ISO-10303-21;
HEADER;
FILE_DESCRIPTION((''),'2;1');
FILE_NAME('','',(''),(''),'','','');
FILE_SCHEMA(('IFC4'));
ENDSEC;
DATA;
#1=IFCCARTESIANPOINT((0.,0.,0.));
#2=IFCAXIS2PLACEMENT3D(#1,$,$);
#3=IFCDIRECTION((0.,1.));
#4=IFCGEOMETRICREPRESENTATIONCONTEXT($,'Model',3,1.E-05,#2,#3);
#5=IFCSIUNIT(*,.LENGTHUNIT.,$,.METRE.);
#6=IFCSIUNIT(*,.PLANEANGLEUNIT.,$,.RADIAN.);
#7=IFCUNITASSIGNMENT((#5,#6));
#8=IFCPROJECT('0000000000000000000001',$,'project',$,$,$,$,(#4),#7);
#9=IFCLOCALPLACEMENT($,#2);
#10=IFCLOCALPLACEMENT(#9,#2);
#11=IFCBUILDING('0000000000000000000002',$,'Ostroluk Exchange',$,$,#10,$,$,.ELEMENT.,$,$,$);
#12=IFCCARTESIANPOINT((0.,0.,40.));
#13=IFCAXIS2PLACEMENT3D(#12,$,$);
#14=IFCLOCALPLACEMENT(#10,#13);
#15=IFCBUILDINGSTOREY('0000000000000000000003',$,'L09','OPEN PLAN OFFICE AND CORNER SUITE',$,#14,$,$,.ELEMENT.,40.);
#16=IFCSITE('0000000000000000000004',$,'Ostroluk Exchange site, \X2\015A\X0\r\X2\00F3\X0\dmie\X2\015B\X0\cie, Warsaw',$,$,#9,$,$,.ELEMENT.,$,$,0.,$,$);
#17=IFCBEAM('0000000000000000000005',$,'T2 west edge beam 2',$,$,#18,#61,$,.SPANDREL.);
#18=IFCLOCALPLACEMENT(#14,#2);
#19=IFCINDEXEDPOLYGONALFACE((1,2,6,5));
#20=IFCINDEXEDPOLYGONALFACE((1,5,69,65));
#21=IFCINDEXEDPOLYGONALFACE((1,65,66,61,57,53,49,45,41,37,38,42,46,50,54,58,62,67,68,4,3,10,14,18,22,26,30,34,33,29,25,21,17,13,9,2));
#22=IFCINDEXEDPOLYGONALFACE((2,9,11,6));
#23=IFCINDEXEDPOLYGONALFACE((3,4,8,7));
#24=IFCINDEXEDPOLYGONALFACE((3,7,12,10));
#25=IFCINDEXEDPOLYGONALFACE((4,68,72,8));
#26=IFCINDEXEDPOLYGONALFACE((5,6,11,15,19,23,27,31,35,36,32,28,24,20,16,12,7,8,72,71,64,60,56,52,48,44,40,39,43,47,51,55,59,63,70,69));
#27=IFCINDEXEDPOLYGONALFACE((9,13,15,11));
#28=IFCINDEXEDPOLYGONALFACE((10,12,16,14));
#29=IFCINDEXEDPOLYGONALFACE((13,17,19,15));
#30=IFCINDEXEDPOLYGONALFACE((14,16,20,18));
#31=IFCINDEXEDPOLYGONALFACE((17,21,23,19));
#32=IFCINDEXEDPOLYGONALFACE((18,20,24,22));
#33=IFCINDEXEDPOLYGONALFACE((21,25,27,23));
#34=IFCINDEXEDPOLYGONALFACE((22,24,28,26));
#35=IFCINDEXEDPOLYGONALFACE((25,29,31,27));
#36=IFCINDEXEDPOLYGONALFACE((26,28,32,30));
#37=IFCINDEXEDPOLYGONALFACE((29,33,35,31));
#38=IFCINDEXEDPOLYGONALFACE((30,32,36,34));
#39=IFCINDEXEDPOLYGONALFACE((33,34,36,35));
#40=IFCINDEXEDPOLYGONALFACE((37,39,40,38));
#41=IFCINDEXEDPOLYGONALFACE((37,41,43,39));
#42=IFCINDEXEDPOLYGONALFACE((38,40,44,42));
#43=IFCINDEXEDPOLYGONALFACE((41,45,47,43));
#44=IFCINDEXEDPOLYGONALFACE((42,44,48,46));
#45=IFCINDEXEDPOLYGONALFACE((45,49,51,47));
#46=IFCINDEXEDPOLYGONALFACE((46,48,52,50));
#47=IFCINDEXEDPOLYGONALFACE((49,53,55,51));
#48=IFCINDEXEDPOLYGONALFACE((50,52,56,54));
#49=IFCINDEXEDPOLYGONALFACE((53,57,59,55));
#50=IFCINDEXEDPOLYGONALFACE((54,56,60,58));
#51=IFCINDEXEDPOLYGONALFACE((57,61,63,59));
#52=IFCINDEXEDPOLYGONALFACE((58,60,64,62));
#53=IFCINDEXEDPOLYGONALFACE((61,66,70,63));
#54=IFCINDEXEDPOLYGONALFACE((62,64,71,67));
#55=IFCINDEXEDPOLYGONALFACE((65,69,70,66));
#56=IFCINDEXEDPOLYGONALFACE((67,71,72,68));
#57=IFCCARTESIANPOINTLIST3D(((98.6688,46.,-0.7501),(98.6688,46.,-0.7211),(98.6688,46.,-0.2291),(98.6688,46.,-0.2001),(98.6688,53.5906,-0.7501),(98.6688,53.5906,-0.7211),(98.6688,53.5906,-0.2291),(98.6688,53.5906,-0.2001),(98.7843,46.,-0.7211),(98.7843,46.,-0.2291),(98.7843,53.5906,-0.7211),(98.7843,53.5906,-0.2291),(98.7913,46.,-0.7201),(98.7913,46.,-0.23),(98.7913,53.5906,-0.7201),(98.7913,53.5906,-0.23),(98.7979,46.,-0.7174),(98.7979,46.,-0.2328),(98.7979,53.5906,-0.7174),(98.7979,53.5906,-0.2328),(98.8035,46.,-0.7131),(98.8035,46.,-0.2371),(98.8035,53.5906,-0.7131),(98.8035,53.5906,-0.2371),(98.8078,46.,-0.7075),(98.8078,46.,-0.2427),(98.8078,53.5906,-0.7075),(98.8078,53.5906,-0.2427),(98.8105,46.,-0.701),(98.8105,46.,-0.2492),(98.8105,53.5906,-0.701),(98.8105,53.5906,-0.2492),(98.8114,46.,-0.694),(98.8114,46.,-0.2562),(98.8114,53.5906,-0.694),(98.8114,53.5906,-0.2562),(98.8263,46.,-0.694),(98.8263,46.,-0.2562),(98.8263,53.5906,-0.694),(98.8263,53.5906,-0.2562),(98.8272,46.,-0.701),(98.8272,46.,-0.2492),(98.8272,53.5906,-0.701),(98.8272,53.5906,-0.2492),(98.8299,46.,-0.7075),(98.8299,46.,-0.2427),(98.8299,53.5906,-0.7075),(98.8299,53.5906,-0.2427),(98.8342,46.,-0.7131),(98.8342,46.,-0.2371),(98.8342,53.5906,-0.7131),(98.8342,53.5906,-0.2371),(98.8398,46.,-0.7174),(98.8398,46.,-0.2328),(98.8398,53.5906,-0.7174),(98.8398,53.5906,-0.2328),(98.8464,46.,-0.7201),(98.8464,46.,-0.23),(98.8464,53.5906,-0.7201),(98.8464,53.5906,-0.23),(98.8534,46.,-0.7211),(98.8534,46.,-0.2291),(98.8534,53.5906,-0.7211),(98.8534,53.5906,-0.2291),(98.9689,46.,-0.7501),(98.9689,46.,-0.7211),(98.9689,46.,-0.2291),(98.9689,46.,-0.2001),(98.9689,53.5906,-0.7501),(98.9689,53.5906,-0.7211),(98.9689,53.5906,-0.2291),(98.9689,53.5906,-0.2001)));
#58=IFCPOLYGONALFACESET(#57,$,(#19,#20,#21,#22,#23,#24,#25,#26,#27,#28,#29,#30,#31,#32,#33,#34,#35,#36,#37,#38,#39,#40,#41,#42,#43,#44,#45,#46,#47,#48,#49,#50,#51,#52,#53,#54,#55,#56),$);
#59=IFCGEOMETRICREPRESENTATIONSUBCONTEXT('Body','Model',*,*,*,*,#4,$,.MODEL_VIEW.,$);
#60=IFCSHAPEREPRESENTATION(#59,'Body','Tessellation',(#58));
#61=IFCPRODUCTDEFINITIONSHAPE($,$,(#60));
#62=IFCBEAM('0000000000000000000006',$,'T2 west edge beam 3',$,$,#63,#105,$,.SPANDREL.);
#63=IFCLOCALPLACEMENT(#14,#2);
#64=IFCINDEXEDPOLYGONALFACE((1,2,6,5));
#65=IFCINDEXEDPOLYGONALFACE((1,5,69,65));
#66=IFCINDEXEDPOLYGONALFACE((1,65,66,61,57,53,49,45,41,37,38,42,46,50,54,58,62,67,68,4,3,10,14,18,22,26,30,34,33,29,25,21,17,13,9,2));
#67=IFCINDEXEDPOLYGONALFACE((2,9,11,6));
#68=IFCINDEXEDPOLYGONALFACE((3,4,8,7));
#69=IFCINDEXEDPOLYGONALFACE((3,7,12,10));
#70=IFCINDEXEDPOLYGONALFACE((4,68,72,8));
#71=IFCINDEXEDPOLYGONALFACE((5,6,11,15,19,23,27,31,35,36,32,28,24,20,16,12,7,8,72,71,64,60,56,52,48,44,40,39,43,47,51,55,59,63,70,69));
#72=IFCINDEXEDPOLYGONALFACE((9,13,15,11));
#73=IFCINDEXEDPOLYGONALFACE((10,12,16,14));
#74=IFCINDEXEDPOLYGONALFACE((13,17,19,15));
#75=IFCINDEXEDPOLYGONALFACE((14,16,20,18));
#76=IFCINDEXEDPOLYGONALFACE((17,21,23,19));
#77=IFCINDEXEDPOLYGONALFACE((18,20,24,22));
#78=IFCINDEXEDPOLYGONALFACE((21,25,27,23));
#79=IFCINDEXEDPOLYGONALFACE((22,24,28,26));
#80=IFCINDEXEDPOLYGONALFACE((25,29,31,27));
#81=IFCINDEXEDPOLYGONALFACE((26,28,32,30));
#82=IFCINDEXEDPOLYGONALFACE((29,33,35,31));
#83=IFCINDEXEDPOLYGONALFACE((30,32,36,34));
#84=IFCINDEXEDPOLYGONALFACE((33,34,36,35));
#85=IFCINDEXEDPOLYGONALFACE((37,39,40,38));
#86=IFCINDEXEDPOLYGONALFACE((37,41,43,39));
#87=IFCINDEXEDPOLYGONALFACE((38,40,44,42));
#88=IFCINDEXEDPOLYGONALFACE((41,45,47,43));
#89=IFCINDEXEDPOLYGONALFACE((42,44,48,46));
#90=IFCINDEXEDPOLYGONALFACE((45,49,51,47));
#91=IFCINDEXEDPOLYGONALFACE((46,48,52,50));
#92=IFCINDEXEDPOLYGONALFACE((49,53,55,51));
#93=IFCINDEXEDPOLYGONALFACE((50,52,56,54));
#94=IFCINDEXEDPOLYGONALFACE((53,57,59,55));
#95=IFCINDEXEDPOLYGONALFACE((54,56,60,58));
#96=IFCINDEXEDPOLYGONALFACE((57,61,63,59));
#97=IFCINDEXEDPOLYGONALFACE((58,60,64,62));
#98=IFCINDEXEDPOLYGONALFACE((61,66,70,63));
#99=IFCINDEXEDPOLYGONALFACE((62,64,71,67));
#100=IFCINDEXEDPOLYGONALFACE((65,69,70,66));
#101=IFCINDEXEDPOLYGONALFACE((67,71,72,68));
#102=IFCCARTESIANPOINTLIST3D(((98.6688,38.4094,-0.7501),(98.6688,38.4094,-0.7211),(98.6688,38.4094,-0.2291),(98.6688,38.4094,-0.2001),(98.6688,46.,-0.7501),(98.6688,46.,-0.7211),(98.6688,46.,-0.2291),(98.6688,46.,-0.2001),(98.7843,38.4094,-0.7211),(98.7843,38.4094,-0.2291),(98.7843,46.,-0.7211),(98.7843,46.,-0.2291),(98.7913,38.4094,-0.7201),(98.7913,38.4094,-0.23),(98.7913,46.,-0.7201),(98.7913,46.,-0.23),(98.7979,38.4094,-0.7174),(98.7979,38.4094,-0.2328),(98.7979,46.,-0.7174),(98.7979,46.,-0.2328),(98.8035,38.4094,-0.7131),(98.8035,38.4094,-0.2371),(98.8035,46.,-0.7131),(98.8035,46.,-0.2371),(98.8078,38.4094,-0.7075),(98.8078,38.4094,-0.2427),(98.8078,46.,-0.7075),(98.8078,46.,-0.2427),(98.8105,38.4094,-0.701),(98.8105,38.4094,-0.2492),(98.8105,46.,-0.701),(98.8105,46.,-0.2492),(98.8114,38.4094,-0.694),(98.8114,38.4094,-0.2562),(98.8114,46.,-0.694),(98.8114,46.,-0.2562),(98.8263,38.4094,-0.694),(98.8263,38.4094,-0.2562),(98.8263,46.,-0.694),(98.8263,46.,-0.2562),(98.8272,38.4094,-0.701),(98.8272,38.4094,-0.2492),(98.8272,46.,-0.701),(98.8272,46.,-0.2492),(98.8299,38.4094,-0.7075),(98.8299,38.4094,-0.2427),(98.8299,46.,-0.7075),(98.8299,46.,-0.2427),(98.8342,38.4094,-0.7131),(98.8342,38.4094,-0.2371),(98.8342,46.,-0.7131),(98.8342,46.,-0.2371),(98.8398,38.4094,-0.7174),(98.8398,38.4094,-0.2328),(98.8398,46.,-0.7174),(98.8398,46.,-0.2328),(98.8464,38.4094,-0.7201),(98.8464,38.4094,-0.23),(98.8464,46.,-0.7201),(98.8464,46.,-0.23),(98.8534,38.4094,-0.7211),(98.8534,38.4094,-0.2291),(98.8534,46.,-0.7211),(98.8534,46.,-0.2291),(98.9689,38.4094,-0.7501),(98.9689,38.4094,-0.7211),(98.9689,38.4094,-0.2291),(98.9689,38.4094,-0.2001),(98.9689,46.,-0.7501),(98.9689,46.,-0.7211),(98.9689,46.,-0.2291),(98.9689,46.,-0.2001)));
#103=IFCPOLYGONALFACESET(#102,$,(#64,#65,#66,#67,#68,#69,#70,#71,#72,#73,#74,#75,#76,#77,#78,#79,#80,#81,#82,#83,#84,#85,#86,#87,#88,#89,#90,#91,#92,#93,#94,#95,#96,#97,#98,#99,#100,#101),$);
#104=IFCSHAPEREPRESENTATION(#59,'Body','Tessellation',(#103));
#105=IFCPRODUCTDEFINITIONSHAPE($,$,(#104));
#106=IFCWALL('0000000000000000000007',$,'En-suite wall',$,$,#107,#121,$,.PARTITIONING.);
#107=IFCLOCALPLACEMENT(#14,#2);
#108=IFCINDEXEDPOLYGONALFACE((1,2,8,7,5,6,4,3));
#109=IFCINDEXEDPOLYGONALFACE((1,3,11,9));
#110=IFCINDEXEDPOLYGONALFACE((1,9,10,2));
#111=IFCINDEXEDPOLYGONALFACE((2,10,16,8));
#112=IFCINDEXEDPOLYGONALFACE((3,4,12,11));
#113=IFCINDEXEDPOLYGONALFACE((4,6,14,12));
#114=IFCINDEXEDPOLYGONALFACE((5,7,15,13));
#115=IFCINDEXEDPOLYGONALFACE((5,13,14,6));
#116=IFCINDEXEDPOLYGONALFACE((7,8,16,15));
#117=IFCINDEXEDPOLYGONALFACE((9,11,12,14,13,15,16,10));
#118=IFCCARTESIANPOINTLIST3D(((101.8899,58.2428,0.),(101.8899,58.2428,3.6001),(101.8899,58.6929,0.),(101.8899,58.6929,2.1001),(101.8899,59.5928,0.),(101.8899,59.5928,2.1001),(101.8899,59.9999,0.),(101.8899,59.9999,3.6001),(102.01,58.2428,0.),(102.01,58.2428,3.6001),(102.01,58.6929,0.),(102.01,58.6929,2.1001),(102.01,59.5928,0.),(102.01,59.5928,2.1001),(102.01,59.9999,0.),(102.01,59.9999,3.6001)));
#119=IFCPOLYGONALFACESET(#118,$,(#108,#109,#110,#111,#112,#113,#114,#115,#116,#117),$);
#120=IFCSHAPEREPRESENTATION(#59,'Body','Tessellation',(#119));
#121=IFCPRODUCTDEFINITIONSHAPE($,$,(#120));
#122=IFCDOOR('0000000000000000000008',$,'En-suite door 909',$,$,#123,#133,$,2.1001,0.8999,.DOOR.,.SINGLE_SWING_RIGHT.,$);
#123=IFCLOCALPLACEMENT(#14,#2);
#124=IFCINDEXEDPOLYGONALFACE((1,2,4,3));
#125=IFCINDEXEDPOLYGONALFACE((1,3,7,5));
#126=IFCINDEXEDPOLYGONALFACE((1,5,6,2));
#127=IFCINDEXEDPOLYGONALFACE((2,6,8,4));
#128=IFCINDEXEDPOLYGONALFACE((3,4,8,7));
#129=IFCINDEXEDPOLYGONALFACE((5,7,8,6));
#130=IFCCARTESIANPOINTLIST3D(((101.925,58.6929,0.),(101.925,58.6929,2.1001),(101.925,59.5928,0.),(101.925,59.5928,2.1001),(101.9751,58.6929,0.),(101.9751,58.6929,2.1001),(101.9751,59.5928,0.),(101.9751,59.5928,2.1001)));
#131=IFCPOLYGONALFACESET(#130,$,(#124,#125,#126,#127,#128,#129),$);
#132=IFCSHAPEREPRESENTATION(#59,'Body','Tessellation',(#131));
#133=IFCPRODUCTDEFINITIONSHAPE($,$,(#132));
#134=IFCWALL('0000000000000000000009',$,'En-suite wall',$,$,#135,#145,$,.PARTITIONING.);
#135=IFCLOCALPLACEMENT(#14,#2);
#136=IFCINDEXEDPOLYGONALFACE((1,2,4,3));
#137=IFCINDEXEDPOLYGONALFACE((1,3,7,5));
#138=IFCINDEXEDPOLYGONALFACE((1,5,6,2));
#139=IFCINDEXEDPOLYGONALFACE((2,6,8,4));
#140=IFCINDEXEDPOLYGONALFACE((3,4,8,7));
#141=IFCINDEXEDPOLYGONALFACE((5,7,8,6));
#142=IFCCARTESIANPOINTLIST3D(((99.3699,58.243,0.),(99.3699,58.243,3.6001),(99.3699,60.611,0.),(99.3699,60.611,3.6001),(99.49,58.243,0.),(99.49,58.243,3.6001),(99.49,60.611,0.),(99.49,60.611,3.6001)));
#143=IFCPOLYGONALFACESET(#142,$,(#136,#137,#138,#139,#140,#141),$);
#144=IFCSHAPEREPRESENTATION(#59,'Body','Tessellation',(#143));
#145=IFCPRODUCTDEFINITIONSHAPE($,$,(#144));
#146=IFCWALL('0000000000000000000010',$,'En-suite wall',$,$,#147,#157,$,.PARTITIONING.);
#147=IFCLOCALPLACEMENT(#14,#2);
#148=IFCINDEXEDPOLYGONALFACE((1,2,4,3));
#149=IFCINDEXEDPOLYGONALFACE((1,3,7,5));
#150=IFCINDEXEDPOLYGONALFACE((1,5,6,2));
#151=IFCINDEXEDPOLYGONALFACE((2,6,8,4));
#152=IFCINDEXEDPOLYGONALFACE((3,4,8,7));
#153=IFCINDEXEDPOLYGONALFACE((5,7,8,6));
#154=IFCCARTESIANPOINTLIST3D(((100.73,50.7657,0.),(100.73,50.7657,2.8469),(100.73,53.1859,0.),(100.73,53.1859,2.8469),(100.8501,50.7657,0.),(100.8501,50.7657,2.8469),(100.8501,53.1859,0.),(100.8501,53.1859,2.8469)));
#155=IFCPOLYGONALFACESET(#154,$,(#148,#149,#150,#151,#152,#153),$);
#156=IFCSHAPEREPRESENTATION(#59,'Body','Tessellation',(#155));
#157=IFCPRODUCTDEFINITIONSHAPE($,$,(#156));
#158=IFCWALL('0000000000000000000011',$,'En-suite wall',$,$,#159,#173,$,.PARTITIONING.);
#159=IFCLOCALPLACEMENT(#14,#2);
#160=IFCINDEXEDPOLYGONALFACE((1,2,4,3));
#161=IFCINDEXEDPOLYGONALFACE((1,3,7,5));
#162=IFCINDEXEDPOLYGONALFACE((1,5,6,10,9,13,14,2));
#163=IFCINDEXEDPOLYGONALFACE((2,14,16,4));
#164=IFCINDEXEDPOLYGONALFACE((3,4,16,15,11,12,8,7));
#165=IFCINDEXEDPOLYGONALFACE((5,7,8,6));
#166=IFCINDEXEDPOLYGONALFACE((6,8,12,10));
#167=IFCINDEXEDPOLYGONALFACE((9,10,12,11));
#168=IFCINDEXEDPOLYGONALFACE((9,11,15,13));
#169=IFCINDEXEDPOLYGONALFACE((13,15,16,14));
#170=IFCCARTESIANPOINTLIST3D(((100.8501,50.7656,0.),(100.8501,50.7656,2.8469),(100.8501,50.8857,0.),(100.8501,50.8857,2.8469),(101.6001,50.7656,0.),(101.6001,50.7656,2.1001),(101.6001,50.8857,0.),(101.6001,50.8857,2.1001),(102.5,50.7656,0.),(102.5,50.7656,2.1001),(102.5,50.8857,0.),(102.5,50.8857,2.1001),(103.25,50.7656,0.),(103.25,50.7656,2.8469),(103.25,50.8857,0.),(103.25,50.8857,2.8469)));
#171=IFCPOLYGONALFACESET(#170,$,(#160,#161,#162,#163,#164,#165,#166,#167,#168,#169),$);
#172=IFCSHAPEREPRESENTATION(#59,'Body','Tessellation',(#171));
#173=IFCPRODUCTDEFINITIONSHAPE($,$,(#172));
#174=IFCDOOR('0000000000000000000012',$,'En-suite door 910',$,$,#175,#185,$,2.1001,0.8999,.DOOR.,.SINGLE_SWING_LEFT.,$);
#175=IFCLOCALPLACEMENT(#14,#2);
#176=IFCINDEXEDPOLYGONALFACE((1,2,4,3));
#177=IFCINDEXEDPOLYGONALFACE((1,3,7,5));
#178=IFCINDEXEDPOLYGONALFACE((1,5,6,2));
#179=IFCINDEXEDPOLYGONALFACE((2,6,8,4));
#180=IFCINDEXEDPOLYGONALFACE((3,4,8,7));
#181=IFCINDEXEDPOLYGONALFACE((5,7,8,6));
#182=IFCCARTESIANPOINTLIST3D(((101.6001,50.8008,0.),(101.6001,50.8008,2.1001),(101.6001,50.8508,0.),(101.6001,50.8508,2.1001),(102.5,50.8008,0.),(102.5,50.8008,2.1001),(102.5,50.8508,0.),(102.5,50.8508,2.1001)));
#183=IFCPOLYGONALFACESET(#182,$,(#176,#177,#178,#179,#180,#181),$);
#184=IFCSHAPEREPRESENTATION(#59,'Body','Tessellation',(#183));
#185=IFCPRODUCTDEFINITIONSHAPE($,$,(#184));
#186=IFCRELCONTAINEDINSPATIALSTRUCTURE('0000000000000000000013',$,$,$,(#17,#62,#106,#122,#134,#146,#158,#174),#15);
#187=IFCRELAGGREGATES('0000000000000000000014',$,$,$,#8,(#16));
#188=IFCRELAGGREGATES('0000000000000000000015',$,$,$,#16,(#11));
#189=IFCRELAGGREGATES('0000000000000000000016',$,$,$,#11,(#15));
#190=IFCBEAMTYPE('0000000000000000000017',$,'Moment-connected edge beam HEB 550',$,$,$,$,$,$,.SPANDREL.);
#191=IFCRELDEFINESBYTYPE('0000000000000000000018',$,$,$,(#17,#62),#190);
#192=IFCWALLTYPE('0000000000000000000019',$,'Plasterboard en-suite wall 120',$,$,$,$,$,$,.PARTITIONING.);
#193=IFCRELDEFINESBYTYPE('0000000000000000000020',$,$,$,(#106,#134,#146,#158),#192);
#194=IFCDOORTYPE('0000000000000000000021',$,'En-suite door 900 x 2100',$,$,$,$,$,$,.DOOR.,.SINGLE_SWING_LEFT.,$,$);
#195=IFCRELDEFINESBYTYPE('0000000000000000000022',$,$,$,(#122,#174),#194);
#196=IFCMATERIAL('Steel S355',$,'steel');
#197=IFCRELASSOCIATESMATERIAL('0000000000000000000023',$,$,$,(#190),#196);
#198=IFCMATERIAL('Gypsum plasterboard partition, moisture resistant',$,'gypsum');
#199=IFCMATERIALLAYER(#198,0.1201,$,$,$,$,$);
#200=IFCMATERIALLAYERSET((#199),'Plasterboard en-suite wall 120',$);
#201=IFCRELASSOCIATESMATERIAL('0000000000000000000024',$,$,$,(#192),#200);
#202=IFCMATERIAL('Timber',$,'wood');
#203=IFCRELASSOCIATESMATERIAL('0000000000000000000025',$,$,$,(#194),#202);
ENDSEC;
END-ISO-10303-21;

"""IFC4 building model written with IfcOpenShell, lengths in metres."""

from ifc_helpers import new_model, si_unit, direction, frame, frame_2d, origin, origin_2d, place, context, subcontext, project, spatial, rectangle, i_section, extrude, material, layer, layer_set, material_profile, profile_set, type_object, element, fill, save


model = new_model("IFC4")

# Units and contexts
model_context = context("Model", 3, precision=1e-05, world=origin(), true_north=direction((0.0, 1.0)))
body_context = subcontext(model_context, "Body", "Model", "MODEL_VIEW")
ifc_project = project(units=[si_unit("LENGTHUNIT", "METRE"), si_unit("PLANEANGLEUNIT", "RADIAN")], contexts=[model_context])

# Site, building, storey
site_placement = place(None, origin())
site = spatial("IfcSite", under=ifc_project, at=site_placement, Name="Ostroluk Exchange site, Śródmieście, Warsaw", CompositionType="ELEMENT", RefElevation=0.0)
building_placement = place(site_placement, origin())
building = spatial("IfcBuilding", under=site, at=building_placement, Name="Ostroluk Exchange", CompositionType="ELEMENT")
storey_placement = place(building_placement, frame((0.0, 0.0, 40.0)))
storey = spatial("IfcBuildingStorey", under=building, at=storey_placement, Name="L09", Description="OPEN PLAN OFFICE AND CORNER SUITE", CompositionType="ELEMENT", Elevation=40.0)

# Beams
ifc_material_1 = material(Name="Steel S355", Category="steel")
ifc_material_profile_1 = material_profile(ifc_material_1, i_section(OverallWidth=0.3, OverallDepth=0.55, WebThickness=0.0149, FlangeThickness=0.0291, FilletRadius=0.0271, at=origin_2d()), Name="HEB 550")
ifc_profile_set_1 = profile_set([ifc_material_profile_1], Name="Steel S355")
beam_type_1 = type_object("IfcBeamType", Name="Moment-connected edge beam HEB 550", PredefinedType="SPANDREL", material=ifc_profile_set_1)
for number, where, z_axis, x_axis, name in (
    (1, (98.8188, 53.5906, -0.4751), (0.0, -1.0, 0.0), (1.0, 0.0, 0.0), "T2 west edge beam 2"),
    (2, (98.8188, 46.0, -0.4751), (0.0, -1.0, 0.0), (1.0, 0.0, 0.0), "T2 west edge beam 3"),
):
    element("IfcBeam", number, at=place(storey_placement, frame(where, z_axis=z_axis, x_axis=x_axis)), inside=storey, type_object=beam_type_1, Name=name, PredefinedType="SPANDREL", context=body_context, shape_type="SweptSolid", body=[
        extrude(i_section(OverallWidth=0.3, OverallDepth=0.55, WebThickness=0.0149, FlangeThickness=0.0291, FilletRadius=0.0271, at=origin_2d()), origin(), (0.0, 0.0, 1.0), 7.5906),
    ])

# Wall, opening, door
ifc_material_2 = material(Name="Gypsum plasterboard partition, moisture resistant", Category="gypsum")
ifc_layer_1 = layer(ifc_material_2, 0.1201)
ifc_layer_set_1 = layer_set([ifc_layer_1], Name="Plasterboard en-suite wall 120")
wall_type_1 = type_object("IfcWallType", Name="Plasterboard en-suite wall 120", PredefinedType="PARTITIONING", material=ifc_layer_set_1)
wall_1_placement = place(storey_placement, frame((101.95, 58.2429, 0.0), z_axis=(0.0, 0.0, 1.0), x_axis=(0.0, 1.0, 0.0)))
wall_1 = element("IfcWall", 3, at=wall_1_placement, inside=storey, type_object=wall_type_1, Name="En-suite wall", PredefinedType="PARTITIONING", context=body_context, shape_type="SweptSolid", body=[
    extrude(rectangle(XDim=1.7571, YDim=0.1201, at=frame_2d((0.8784, 0.0))), origin(), (0.0, 0.0, 1.0), 3.6001),
])
opening_1_placement = place(wall_1_placement, frame((0.45, 0.0, 0.0)))
opening_1 = element("IfcOpeningElement", 4, at=opening_1_placement, cuts=wall_1, PredefinedType="OPENING", context=body_context, shape_type="SweptSolid", body=[
    extrude(rectangle(XDim=0.8999, YDim=2.1001, at=frame_2d((0.45, 1.05))), frame((0.0, 0.0701, 0.0), z_axis=(0.0, -1.0, 0.0), x_axis=(1.0, 0.0, 0.0)), (0.0, 0.0, 1.0), 0.1401),
])
ifc_material_3 = material(Name="Timber", Category="wood")
door_type_1 = type_object("IfcDoorType", Name="En-suite door 900 x 2100", OperationType="SINGLE_SWING_LEFT", PredefinedType="DOOR", material=ifc_material_3)
door_1_placement = place(opening_1_placement, origin())
door_1 = element("IfcDoor", 5, at=door_1_placement, inside=storey, type_object=door_type_1, Name="En-suite door 909", OperationType="SINGLE_SWING_RIGHT", OverallHeight=2.1001, OverallWidth=0.8999, PredefinedType="DOOR", context=body_context, shape_type="SweptSolid", body=[
    extrude(rectangle(XDim=0.8999, YDim=2.1001, at=frame_2d((0.45, 1.05))), frame((0.0, 0.0249, 0.0), z_axis=(0.0, -1.0, 0.0), x_axis=(1.0, 0.0, 0.0)), (0.0, 0.0, 1.0), 0.05),
])
fill(opening_1, door_1)

# Walls
wall_2_placement = place(storey_placement, frame((99.4299, 58.2429, 0.0), z_axis=(0.0, 0.0, 1.0), x_axis=(0.0, 1.0, 0.0)))
element("IfcWall", 6, at=wall_2_placement, inside=storey, type_object=wall_type_1, Name="En-suite wall", PredefinedType="PARTITIONING", context=body_context, shape_type="SweptSolid", body=[
    extrude(rectangle(XDim=2.3679, YDim=0.1201, at=frame_2d((1.1841, 0.0))), origin(), (0.0, 0.0, 1.0), 3.6001),
])
wall_3_placement = place(storey_placement, frame((100.79, 53.1858, 0.0), z_axis=(0.0, 0.0, 1.0), x_axis=(0.0, -1.0, 0.0)))
element("IfcWall", 7, at=wall_3_placement, inside=storey, type_object=wall_type_1, Name="En-suite wall", PredefinedType="PARTITIONING", context=body_context, shape_type="SweptSolid", body=[
    extrude(rectangle(XDim=2.4202, YDim=0.1201, at=frame_2d((1.21, 0.0))), origin(), (0.0, 0.0, 1.0), 2.8469),
])

# Wall, opening, door
wall_4_placement = place(storey_placement, frame((103.25, 50.8257, 0.0), z_axis=(0.0, 0.0, 1.0), x_axis=(-1.0, 0.0, 0.0)))
wall_4 = element("IfcWall", 8, at=wall_4_placement, inside=storey, type_object=wall_type_1, Name="En-suite wall", PredefinedType="PARTITIONING", context=body_context, shape_type="SweptSolid", body=[
    extrude(rectangle(XDim=2.3999, YDim=0.1201, at=frame_2d((1.2, 0.0))), origin(), (0.0, 0.0, 1.0), 2.8469),
])
opening_2_placement = place(wall_4_placement, frame((0.75, 0.0, 0.0)))
opening_2 = element("IfcOpeningElement", 9, at=opening_2_placement, cuts=wall_4, PredefinedType="OPENING", context=body_context, shape_type="SweptSolid", body=[
    extrude(rectangle(XDim=0.8999, YDim=2.1001, at=frame_2d((0.45, 1.05))), frame((0.0, 0.0701, 0.0), z_axis=(0.0, -1.0, 0.0), x_axis=(1.0, 0.0, 0.0)), (0.0, 0.0, 1.0), 0.1401),
])
door_2_placement = place(opening_2_placement, origin())
door_2 = element("IfcDoor", 10, at=door_2_placement, inside=storey, type_object=door_type_1, Name="En-suite door 910", OperationType="SINGLE_SWING_LEFT", OverallHeight=2.1001, OverallWidth=0.8999, PredefinedType="DOOR", context=body_context, shape_type="SweptSolid", body=[
    extrude(rectangle(XDim=0.8999, YDim=2.1001, at=frame_2d((0.45, 1.05))), frame((0.0, 0.0249, 0.0), z_axis=(0.0, -1.0, 0.0), x_axis=(1.0, 0.0, 0.0)), (0.0, 0.0, 1.0), 0.05),
])
fill(opening_2, door_2)

save(model, "model.ifc")
